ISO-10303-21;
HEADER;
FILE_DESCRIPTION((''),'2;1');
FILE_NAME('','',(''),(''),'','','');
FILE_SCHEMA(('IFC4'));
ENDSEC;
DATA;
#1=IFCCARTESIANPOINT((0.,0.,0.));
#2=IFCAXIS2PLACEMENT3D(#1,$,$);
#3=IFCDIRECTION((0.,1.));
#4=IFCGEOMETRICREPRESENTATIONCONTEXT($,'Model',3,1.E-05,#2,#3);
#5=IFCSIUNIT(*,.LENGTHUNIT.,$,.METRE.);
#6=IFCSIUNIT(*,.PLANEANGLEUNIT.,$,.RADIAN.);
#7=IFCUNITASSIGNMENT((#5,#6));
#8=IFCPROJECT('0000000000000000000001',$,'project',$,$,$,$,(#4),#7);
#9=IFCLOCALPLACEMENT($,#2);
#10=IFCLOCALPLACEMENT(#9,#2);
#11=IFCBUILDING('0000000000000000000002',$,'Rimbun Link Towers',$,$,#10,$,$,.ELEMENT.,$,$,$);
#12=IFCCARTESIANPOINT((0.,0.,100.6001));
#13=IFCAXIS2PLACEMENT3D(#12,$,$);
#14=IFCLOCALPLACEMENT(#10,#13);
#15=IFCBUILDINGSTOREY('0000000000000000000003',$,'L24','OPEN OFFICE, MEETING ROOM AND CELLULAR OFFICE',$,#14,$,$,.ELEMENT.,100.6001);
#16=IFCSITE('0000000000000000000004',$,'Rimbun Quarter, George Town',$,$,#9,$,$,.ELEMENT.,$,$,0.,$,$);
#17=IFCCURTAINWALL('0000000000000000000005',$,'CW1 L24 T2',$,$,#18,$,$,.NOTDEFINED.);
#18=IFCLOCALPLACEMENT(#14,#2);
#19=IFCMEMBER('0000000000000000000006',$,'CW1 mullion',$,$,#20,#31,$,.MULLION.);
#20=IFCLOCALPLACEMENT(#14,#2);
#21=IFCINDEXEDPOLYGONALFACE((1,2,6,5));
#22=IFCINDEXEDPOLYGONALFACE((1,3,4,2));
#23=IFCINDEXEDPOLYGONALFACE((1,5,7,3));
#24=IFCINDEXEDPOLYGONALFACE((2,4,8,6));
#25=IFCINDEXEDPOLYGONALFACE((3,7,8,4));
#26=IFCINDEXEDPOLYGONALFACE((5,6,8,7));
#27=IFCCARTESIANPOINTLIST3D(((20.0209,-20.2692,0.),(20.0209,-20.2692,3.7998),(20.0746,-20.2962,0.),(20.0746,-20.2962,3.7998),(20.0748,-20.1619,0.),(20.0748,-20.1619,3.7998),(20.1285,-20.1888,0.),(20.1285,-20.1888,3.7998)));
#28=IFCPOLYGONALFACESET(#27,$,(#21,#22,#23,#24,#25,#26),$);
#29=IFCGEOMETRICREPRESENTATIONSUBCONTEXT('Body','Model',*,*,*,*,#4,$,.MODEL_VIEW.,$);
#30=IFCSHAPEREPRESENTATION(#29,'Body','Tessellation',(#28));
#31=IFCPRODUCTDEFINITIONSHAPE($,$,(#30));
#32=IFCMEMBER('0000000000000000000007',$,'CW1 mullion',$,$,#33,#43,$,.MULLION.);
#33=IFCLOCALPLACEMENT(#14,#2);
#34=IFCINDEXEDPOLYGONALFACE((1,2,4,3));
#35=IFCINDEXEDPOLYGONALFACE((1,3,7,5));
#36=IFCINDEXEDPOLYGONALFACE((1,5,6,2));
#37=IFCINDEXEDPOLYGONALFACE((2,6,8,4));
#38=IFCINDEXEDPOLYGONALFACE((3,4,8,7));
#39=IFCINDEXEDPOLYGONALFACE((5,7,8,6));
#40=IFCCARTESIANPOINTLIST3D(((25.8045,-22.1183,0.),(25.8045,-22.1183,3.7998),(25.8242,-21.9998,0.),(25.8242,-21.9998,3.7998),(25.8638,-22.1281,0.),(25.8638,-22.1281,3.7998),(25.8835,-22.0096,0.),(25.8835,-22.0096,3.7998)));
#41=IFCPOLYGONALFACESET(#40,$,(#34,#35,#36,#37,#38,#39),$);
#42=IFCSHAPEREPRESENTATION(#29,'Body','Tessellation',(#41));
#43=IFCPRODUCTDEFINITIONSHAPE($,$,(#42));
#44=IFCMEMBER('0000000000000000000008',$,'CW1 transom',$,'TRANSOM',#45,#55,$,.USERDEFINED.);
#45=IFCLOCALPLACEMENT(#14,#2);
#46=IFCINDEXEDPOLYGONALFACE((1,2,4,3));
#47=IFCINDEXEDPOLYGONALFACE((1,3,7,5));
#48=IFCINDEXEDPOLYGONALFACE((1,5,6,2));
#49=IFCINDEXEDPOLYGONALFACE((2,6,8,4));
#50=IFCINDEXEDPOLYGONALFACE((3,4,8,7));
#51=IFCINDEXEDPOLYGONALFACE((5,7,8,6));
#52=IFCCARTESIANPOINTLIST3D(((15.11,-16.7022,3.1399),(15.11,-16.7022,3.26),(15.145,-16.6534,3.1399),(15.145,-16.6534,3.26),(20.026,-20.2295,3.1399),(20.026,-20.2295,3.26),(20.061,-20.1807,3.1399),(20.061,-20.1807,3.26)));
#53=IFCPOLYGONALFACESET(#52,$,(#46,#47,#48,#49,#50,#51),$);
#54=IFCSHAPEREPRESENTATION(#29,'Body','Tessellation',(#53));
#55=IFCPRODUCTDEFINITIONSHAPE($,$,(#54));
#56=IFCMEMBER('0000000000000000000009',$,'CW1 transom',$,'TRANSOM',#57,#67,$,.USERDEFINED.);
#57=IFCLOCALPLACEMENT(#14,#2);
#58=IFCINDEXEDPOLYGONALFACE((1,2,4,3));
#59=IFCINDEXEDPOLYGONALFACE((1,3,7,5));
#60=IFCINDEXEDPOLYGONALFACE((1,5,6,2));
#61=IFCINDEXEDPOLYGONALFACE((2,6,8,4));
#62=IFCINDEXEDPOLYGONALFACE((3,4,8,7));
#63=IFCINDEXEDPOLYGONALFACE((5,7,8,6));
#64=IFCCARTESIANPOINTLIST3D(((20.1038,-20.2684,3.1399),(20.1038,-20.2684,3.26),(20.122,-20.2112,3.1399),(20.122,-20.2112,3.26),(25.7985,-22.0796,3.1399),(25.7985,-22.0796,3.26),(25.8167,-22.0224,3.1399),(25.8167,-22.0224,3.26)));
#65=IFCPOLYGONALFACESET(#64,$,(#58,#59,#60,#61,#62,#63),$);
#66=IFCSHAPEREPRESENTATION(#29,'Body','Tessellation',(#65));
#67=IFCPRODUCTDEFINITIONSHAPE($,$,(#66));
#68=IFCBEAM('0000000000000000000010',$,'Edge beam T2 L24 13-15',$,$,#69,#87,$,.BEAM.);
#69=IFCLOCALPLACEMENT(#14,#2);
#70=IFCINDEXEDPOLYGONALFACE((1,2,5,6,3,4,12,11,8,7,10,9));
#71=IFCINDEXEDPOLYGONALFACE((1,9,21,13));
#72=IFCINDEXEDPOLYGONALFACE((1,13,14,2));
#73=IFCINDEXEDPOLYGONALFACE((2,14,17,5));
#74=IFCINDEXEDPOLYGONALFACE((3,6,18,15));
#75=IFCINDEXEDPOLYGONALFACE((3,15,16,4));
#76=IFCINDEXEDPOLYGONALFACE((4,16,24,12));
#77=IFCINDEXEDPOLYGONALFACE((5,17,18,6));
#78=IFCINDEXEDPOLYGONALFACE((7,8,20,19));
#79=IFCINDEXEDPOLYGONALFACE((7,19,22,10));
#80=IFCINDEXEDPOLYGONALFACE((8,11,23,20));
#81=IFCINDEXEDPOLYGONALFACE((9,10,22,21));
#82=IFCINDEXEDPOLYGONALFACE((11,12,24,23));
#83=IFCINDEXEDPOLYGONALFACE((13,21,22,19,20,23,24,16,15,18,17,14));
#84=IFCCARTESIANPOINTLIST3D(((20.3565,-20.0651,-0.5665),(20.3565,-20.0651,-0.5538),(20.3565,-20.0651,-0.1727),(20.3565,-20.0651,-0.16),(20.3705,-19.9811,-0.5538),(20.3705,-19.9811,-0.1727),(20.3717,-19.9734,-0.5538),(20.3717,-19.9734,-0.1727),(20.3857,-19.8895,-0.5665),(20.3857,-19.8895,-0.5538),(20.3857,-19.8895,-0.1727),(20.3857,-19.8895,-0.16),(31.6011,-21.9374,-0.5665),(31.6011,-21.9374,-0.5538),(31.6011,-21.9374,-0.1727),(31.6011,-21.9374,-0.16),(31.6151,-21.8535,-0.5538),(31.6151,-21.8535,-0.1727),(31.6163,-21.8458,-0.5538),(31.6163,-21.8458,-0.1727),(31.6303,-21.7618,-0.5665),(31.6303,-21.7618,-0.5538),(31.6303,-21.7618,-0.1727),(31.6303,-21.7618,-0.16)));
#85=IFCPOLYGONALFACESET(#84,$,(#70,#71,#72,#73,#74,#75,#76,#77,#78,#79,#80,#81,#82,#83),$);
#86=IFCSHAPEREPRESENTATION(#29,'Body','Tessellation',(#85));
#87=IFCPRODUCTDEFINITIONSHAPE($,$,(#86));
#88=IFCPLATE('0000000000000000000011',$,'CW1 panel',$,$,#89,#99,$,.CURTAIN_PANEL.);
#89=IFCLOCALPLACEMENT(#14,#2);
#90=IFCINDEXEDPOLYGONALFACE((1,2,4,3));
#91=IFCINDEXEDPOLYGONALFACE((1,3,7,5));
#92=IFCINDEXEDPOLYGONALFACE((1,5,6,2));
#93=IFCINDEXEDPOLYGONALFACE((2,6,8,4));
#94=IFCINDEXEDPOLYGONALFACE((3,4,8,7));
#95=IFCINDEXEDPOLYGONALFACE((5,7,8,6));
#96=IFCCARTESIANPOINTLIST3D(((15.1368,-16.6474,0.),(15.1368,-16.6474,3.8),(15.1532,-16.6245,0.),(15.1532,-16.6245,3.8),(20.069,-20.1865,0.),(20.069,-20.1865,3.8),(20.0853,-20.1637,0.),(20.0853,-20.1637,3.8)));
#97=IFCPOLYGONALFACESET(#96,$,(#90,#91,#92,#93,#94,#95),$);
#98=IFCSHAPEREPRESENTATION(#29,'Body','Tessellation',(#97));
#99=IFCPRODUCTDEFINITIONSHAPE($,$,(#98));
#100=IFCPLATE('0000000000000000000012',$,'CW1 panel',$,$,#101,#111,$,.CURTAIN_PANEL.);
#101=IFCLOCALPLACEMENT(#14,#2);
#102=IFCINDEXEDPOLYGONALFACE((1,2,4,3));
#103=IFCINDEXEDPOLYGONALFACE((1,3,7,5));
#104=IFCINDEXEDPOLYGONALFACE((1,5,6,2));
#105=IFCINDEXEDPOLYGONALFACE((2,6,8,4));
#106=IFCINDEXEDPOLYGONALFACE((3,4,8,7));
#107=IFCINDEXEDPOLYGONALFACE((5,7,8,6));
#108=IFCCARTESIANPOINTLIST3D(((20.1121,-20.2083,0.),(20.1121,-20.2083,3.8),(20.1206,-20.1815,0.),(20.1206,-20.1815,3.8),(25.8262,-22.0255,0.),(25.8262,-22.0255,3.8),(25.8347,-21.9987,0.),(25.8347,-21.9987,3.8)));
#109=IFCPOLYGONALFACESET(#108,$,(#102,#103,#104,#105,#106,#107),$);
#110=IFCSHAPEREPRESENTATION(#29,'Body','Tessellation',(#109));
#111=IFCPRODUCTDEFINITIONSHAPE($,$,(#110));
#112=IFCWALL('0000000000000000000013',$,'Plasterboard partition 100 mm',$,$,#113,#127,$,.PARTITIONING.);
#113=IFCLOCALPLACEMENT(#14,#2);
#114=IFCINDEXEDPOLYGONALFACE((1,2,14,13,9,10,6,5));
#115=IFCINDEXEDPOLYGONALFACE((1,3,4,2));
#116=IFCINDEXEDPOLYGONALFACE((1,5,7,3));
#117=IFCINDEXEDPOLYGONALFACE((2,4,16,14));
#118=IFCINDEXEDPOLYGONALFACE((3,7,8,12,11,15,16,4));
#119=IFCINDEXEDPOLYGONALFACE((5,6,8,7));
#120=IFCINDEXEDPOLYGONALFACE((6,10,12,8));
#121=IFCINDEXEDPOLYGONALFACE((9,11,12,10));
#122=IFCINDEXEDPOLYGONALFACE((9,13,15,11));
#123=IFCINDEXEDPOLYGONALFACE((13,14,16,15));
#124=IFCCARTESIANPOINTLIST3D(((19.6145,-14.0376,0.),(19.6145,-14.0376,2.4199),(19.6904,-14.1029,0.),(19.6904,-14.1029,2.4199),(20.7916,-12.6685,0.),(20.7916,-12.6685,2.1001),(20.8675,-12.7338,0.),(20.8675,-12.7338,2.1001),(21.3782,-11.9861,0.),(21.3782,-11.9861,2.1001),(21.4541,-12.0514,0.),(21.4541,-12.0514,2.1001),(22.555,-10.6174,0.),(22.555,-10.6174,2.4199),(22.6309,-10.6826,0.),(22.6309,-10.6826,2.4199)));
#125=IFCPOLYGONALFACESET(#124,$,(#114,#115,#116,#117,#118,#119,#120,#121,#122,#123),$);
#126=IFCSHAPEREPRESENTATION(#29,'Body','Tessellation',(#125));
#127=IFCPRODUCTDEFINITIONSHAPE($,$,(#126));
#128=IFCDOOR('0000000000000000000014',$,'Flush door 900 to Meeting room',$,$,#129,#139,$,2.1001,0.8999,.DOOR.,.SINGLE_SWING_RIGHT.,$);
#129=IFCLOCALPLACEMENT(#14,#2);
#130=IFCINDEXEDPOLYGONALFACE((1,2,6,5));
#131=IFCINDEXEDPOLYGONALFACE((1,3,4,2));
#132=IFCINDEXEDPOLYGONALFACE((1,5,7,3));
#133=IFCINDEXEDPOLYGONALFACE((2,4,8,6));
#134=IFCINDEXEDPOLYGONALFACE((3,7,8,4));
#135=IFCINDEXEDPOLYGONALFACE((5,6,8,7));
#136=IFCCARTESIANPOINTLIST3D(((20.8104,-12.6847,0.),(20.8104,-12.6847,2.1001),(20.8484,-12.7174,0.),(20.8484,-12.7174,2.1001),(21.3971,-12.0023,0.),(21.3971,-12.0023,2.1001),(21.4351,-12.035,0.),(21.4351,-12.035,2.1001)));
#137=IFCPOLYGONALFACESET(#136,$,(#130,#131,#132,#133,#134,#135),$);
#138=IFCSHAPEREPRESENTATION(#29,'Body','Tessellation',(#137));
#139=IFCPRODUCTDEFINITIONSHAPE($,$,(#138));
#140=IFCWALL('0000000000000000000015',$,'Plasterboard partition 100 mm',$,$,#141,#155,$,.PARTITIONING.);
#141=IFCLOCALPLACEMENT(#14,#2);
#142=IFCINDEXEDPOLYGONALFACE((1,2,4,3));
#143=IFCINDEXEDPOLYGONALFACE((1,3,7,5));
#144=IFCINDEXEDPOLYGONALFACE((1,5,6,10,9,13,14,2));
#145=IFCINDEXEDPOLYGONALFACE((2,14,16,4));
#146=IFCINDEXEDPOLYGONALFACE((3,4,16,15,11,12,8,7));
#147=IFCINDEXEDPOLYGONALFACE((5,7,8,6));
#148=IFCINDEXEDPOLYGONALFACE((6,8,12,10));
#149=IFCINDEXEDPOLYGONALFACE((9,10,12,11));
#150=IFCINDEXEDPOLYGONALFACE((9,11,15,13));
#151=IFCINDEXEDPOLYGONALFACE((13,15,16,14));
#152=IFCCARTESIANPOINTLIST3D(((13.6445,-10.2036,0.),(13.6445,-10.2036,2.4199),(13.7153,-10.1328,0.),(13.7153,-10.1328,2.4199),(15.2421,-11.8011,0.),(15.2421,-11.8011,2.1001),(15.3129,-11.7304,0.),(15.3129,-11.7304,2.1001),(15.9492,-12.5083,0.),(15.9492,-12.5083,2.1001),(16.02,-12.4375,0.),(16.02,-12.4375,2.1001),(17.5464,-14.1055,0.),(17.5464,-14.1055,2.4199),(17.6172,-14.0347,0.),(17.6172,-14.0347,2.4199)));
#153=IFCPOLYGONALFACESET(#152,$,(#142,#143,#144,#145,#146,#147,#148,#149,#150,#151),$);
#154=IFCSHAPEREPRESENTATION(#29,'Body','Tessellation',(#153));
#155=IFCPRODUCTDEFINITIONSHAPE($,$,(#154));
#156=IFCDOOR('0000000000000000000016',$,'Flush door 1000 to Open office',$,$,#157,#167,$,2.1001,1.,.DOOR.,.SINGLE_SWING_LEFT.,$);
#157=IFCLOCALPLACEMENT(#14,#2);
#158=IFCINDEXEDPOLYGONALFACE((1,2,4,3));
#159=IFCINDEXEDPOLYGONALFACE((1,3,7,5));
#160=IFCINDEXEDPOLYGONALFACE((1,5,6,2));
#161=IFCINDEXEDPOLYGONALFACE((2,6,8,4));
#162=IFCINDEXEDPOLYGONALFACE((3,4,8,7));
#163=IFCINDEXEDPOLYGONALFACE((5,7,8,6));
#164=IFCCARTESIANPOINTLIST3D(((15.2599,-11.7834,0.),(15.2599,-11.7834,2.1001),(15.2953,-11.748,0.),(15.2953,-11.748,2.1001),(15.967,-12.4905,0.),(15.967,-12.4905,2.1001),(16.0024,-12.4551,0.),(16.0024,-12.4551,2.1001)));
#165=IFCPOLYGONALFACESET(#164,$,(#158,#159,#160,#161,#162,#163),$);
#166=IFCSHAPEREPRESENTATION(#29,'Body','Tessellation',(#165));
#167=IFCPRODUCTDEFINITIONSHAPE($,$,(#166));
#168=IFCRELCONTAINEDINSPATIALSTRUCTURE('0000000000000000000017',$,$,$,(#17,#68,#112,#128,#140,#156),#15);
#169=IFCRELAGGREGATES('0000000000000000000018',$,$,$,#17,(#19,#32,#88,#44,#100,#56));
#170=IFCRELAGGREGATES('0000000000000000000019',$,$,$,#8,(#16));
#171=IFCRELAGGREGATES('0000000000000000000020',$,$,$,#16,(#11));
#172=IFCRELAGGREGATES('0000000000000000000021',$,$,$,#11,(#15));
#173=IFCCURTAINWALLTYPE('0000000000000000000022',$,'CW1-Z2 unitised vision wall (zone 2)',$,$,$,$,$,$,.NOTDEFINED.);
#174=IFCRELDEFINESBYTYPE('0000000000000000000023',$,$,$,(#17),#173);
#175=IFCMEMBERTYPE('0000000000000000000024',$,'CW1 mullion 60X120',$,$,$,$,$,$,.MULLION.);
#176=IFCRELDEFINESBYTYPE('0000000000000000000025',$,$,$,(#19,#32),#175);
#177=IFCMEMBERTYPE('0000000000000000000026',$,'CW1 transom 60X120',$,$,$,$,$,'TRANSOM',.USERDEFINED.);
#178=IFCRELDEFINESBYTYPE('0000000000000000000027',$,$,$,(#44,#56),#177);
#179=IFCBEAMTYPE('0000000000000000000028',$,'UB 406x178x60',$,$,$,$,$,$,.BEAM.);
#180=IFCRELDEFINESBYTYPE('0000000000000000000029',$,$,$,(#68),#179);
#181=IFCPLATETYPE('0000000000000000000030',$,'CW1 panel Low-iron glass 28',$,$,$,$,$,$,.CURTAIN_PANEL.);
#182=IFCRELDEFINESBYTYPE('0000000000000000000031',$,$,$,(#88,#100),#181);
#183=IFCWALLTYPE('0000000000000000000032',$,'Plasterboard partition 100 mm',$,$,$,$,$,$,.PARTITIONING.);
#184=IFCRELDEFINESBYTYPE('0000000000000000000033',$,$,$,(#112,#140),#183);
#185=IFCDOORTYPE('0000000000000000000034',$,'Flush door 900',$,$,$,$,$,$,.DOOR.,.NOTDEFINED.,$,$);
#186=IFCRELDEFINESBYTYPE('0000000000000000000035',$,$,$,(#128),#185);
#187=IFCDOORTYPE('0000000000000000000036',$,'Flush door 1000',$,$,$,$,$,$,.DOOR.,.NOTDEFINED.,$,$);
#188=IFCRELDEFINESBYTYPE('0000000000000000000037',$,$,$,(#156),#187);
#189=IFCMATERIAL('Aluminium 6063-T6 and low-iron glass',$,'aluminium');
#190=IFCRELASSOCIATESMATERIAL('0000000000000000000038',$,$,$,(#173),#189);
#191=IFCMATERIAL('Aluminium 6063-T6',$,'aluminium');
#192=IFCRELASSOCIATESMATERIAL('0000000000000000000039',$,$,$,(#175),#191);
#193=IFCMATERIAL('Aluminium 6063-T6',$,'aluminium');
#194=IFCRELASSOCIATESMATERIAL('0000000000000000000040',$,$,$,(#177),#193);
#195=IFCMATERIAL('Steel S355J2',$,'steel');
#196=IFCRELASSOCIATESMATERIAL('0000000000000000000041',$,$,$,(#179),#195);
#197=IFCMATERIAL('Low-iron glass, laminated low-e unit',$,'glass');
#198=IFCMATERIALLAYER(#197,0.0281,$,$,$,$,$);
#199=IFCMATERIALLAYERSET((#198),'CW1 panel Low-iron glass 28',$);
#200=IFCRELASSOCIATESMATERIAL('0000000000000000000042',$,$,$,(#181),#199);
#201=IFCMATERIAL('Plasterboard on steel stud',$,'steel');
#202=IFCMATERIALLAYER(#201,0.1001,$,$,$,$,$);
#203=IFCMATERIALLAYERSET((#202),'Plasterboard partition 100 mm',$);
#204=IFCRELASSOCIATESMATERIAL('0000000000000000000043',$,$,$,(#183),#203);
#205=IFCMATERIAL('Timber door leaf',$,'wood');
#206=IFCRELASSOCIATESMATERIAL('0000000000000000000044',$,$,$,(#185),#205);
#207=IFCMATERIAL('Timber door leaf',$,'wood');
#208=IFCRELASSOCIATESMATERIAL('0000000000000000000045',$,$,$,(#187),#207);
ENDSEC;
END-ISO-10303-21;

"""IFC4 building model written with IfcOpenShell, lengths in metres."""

from ifc_helpers import new_model, si_unit, direction, frame, frame_2d, origin, origin_2d, place, context, subcontext, project, spatial, rectangle, i_section, extrude, material, layer, layer_set, material_profile, profile_set, type_object, element, fill, aggregate, save


model = new_model("IFC4")

# Units and contexts
model_context = context("Model", 3, precision=1e-05, world=origin(), true_north=direction((0.0, 1.0)))
body_context = subcontext(model_context, "Body", "Model", "MODEL_VIEW")
ifc_project = project(units=[si_unit("LENGTHUNIT", "METRE"), si_unit("PLANEANGLEUNIT", "RADIAN")], contexts=[model_context])

# Site, building, storey
site_placement = place(None, origin())
site = spatial("IfcSite", under=ifc_project, at=site_placement, Name="Rimbun Quarter, George Town", CompositionType="ELEMENT", RefElevation=0.0)
building_placement = place(site_placement, origin())
building = spatial("IfcBuilding", under=site, at=building_placement, Name="Rimbun Link Towers", CompositionType="ELEMENT")
storey_placement = place(building_placement, frame((0.0, 0.0, 100.6001)))
storey = spatial("IfcBuildingStorey", under=building, at=storey_placement, Name="L24", Description="OPEN OFFICE, MEETING ROOM AND CELLULAR OFFICE", CompositionType="ELEMENT", Elevation=100.6001)

# Curtain wall, members
ifc_material_1 = material(Name="Aluminium 6063-T6 and low-iron glass", Category="aluminium")
curtain_wall_type = type_object("IfcCurtainWallType", Name="CW1-Z2 unitised vision wall (zone 2)", PredefinedType="NOTDEFINED", material=ifc_material_1)
curtain_wall_placement = place(storey_placement, origin())
curtain_wall = element("IfcCurtainWall", 1, at=curtain_wall_placement, inside=storey, type_object=curtain_wall_type, Name="CW1 L24 T2", PredefinedType="NOTDEFINED")
ifc_material_2 = material(Name="Aluminium 6063-T6", Category="aluminium")
ifc_material_profile_1 = material_profile(ifc_material_2, rectangle(XDim=0.1201, YDim=0.0601, at=origin_2d()), Name="MULLION 60X120")
ifc_profile_set_1 = profile_set([ifc_material_profile_1], Name="Aluminium 6063-T6")
member_type_1 = type_object("IfcMemberType", Name="CW1 mullion 60X120", PredefinedType="MULLION", material=ifc_profile_set_1)
member_1_placement = place(storey_placement, frame((20.0747, -20.229, 0.0), z_axis=(0.0, 0.0, 1.0), x_axis=(-0.448569, -0.893748, 0.0)))
member_1 = element("IfcMember", 2, at=member_1_placement, type_object=member_type_1, Name="CW1 mullion", PredefinedType="MULLION", context=body_context, shape_type="SweptSolid", body=[
    extrude(rectangle(XDim=0.1201, YDim=0.0601, at=origin_2d()), origin(), (0.0, 0.0, 1.0), 3.7998),
])
member_2_placement = place(storey_placement, frame((25.844, -22.064, 0.0), z_axis=(0.0, 0.0, 1.0), x_axis=(-0.163744, -0.986503, 0.0)))
member_2 = element("IfcMember", 3, at=member_2_placement, type_object=member_type_1, Name="CW1 mullion", PredefinedType="MULLION", context=body_context, shape_type="SweptSolid", body=[
    extrude(rectangle(XDim=0.1201, YDim=0.0601, at=origin_2d()), origin(), (0.0, 0.0, 1.0), 3.7998),
])
ifc_material_3 = material(Name="Aluminium 6063-T6", Category="aluminium")
ifc_material_profile_2 = material_profile(ifc_material_3, rectangle(XDim=0.0601, YDim=0.1201, at=origin_2d()), Name="TRANSOM 60X120")
ifc_profile_set_2 = profile_set([ifc_material_profile_2], Name="Aluminium 6063-T6")
member_type_2 = type_object("IfcMemberType", Name="CW1 transom 60X120", ElementType="TRANSOM", PredefinedType="USERDEFINED", material=ifc_profile_set_2)
member_3_placement = place(storey_placement, frame((20.0435, -20.2051, 3.2), z_axis=(-0.812488, 0.582977, 0.0), x_axis=(-0.582977, -0.812488, 0.0)))
member_3 = element("IfcMember", 4, at=member_3_placement, type_object=member_type_2, Name="CW1 transom", ObjectType="TRANSOM", PredefinedType="USERDEFINED", context=body_context, shape_type="SweptSolid", body=[
    extrude(rectangle(XDim=0.0601, YDim=0.1201, at=origin_2d()), origin(), (0.0, 0.0, 1.0), 6.0505),
])
member_4_placement = place(storey_placement, frame((25.8076, -22.051, 3.2), z_axis=(-0.95296, 0.303096, 0.0), x_axis=(-0.303096, -0.95296, 0.0)))
member_4 = element("IfcMember", 5, at=member_4_placement, type_object=member_type_2, Name="CW1 transom", ObjectType="TRANSOM", PredefinedType="USERDEFINED", context=body_context, shape_type="SweptSolid", body=[
    extrude(rectangle(XDim=0.0601, YDim=0.1201, at=origin_2d()), origin(), (0.0, 0.0, 1.0), 5.9758),
])

# Beam
ifc_material_4 = material(Name="Steel S355J2", Category="steel")
ifc_material_profile_3 = material_profile(ifc_material_4, i_section(OverallWidth=0.178, OverallDepth=0.4065, WebThickness=0.0078, FlangeThickness=0.0127, at=origin_2d()), Name="UB 406x178x60")
ifc_profile_set_3 = profile_set([ifc_material_profile_3], Name="Steel S355J2")
beam_type = type_object("IfcBeamType", Name="UB 406x178x60", PredefinedType="BEAM", material=ifc_profile_set_3)
beam_placement = place(storey_placement, frame((20.3711, -19.9773, -0.3633), z_axis=(0.986419, -0.164246, 0.0), x_axis=(0.164246, 0.986419, 0.0)))
element("IfcBeam", 6, at=beam_placement, inside=storey, type_object=beam_type, Name="Edge beam T2 L24 13-15", PredefinedType="BEAM", context=body_context, shape_type="SweptSolid", body=[
    extrude(i_section(OverallWidth=0.178, OverallDepth=0.4065, WebThickness=0.0078, FlangeThickness=0.0127, at=origin_2d()), origin(), (0.0, 0.0, 1.0), 11.3994),
])

# Plates
ifc_material_5 = material(Name="Low-iron glass, laminated low-e unit", Category="glass")
ifc_layer_1 = layer(ifc_material_5, 0.0281)
ifc_layer_set_1 = layer_set([ifc_layer_1], Name="CW1 panel Low-iron glass 28")
plate_type = type_object("IfcPlateType", Name="CW1 panel Low-iron glass 28", PredefinedType="CURTAIN_PANEL", material=ifc_layer_set_1)
plate_1_placement = place(storey_placement, frame((17.6111, -18.4055, 0.0), z_axis=(0.0, 0.0, 1.0), x_axis=(-0.812471, 0.583002, 0.0)))
plate_1 = element("IfcPlate", 7, at=plate_1_placement, type_object=plate_type, Name="CW1 panel", PredefinedType="CURTAIN_PANEL", context=body_context, shape_type="SweptSolid", body=[
    extrude(rectangle(XDim=6.0706, YDim=0.0281, at=origin_2d()), origin(), (0.0, 0.0, 1.0), 3.8),
])
plate_2_placement = place(storey_placement, frame((22.9734, -21.1035, 0.0), z_axis=(0.0, 0.0, 1.0), x_axis=(-0.95297, 0.303066, 0.0)))
plate_2 = element("IfcPlate", 8, at=plate_2_placement, type_object=plate_type, Name="CW1 panel", PredefinedType="CURTAIN_PANEL", context=body_context, shape_type="SweptSolid", body=[
    extrude(rectangle(XDim=5.9961, YDim=0.0281, at=origin_2d()), origin(), (0.0, 0.0, 1.0), 3.8),
])
aggregate(curtain_wall, [member_1, member_2, plate_1, member_3, plate_2, member_4])

# Walls, openings, doors
ifc_material_6 = material(Name="Plasterboard on steel stud", Category="steel")
ifc_layer_2 = layer(ifc_material_6, 0.1001)
ifc_layer_set_2 = layer_set([ifc_layer_2], Name="Plasterboard partition 100 mm")
wall_type = type_object("IfcWallType", Name="Plasterboard partition 100 mm", PredefinedType="PARTITIONING", material=ifc_layer_set_2)
wall_1_placement = place(storey_placement, frame((22.593, -10.6499, 0.0), z_axis=(0.0, 0.0, 1.0), x_axis=(-0.651923, -0.758285, 0.0)))
wall_1 = element("IfcWall", 9, at=wall_1_placement, inside=storey, type_object=wall_type, Name="Plasterboard partition 100 mm", PredefinedType="PARTITIONING", context=body_context, shape_type="SweptSolid", body=[
    extrude(rectangle(XDim=4.5105, YDim=0.1001, at=frame_2d((2.2554, 0.0))), origin(), (0.0, 0.0, 1.0), 2.4199),
])
opening_1_placement = place(wall_1_placement, frame((1.8052, 0.0, 0.0)))
opening_1 = element("IfcOpeningElement", 10, at=opening_1_placement, cuts=wall_1, PredefinedType="OPENING", context=body_context, shape_type="SweptSolid", body=[
    extrude(rectangle(XDim=0.8999, YDim=2.1001, at=frame_2d((0.45, 1.05))), frame((0.0, 0.0601, 0.0), z_axis=(0.0, -1.0, 0.0), x_axis=(1.0, 0.0, 0.0)), (0.0, 0.0, 1.0), 0.1201),
])
ifc_material_7 = material(Name="Timber door leaf", Category="wood")
door_type_1 = type_object("IfcDoorType", Name="Flush door 900", OperationType="NOTDEFINED", PredefinedType="DOOR", material=ifc_material_7)
door_1_placement = place(opening_1_placement, origin())
door_1 = element("IfcDoor", 11, at=door_1_placement, inside=storey, type_object=door_type_1, Name="Flush door 900 to Meeting room", OperationType="SINGLE_SWING_RIGHT", OverallHeight=2.1001, OverallWidth=0.8999, PredefinedType="DOOR", context=body_context, shape_type="SweptSolid", body=[
    extrude(rectangle(XDim=0.8999, YDim=2.1001, at=frame_2d((0.45, 1.05))), frame((0.0, 0.0249, 0.0), z_axis=(0.0, -1.0, 0.0), x_axis=(1.0, 0.0, 0.0)), (0.0, 0.0, 1.0), 0.05),
])
fill(opening_1, door_1)
wall_2_placement = place(storey_placement, frame((17.5818, -14.0701, 0.0), z_axis=(0.0, 0.0, 1.0), x_axis=(-0.707107, 0.707107, 0.0)))
wall_2 = element("IfcWall", 12, at=wall_2_placement, inside=storey, type_object=wall_type, Name="Plasterboard partition 100 mm", PredefinedType="PARTITIONING", context=body_context, shape_type="SweptSolid", body=[
    extrude(rectangle(XDim=5.5181, YDim=0.1001, at=frame_2d((2.759, 0.0))), origin(), (0.0, 0.0, 1.0), 2.4199),
])
opening_2_placement = place(wall_2_placement, frame((2.2588, 0.0, 0.0)))
opening_2 = element("IfcOpeningElement", 13, at=opening_2_placement, cuts=wall_2, PredefinedType="OPENING", context=body_context, shape_type="SweptSolid", body=[
    extrude(rectangle(XDim=1.0, YDim=2.1001, at=frame_2d((0.5, 1.05))), frame((0.0, 0.0601, 0.0), z_axis=(0.0, -1.0, 0.0), x_axis=(1.0, 0.0, 0.0)), (0.0, 0.0, 1.0), 0.1201),
])
ifc_material_8 = material(Name="Timber door leaf", Category="wood")
door_type_2 = type_object("IfcDoorType", Name="Flush door 1000", OperationType="NOTDEFINED", PredefinedType="DOOR", material=ifc_material_8)
door_2_placement = place(opening_2_placement, origin())
door_2 = element("IfcDoor", 14, at=door_2_placement, inside=storey, type_object=door_type_2, Name="Flush door 1000 to Open office", OperationType="SINGLE_SWING_LEFT", OverallHeight=2.1001, OverallWidth=1.0, PredefinedType="DOOR", context=body_context, shape_type="SweptSolid", body=[
    extrude(rectangle(XDim=1.0, YDim=2.1001, at=frame_2d((0.5, 1.05))), frame((0.0, 0.0249, 0.0), z_axis=(0.0, -1.0, 0.0), x_axis=(1.0, 0.0, 0.0)), (0.0, 0.0, 1.0), 0.05),
])
fill(opening_2, door_2)

save(model, "model.ifc")
